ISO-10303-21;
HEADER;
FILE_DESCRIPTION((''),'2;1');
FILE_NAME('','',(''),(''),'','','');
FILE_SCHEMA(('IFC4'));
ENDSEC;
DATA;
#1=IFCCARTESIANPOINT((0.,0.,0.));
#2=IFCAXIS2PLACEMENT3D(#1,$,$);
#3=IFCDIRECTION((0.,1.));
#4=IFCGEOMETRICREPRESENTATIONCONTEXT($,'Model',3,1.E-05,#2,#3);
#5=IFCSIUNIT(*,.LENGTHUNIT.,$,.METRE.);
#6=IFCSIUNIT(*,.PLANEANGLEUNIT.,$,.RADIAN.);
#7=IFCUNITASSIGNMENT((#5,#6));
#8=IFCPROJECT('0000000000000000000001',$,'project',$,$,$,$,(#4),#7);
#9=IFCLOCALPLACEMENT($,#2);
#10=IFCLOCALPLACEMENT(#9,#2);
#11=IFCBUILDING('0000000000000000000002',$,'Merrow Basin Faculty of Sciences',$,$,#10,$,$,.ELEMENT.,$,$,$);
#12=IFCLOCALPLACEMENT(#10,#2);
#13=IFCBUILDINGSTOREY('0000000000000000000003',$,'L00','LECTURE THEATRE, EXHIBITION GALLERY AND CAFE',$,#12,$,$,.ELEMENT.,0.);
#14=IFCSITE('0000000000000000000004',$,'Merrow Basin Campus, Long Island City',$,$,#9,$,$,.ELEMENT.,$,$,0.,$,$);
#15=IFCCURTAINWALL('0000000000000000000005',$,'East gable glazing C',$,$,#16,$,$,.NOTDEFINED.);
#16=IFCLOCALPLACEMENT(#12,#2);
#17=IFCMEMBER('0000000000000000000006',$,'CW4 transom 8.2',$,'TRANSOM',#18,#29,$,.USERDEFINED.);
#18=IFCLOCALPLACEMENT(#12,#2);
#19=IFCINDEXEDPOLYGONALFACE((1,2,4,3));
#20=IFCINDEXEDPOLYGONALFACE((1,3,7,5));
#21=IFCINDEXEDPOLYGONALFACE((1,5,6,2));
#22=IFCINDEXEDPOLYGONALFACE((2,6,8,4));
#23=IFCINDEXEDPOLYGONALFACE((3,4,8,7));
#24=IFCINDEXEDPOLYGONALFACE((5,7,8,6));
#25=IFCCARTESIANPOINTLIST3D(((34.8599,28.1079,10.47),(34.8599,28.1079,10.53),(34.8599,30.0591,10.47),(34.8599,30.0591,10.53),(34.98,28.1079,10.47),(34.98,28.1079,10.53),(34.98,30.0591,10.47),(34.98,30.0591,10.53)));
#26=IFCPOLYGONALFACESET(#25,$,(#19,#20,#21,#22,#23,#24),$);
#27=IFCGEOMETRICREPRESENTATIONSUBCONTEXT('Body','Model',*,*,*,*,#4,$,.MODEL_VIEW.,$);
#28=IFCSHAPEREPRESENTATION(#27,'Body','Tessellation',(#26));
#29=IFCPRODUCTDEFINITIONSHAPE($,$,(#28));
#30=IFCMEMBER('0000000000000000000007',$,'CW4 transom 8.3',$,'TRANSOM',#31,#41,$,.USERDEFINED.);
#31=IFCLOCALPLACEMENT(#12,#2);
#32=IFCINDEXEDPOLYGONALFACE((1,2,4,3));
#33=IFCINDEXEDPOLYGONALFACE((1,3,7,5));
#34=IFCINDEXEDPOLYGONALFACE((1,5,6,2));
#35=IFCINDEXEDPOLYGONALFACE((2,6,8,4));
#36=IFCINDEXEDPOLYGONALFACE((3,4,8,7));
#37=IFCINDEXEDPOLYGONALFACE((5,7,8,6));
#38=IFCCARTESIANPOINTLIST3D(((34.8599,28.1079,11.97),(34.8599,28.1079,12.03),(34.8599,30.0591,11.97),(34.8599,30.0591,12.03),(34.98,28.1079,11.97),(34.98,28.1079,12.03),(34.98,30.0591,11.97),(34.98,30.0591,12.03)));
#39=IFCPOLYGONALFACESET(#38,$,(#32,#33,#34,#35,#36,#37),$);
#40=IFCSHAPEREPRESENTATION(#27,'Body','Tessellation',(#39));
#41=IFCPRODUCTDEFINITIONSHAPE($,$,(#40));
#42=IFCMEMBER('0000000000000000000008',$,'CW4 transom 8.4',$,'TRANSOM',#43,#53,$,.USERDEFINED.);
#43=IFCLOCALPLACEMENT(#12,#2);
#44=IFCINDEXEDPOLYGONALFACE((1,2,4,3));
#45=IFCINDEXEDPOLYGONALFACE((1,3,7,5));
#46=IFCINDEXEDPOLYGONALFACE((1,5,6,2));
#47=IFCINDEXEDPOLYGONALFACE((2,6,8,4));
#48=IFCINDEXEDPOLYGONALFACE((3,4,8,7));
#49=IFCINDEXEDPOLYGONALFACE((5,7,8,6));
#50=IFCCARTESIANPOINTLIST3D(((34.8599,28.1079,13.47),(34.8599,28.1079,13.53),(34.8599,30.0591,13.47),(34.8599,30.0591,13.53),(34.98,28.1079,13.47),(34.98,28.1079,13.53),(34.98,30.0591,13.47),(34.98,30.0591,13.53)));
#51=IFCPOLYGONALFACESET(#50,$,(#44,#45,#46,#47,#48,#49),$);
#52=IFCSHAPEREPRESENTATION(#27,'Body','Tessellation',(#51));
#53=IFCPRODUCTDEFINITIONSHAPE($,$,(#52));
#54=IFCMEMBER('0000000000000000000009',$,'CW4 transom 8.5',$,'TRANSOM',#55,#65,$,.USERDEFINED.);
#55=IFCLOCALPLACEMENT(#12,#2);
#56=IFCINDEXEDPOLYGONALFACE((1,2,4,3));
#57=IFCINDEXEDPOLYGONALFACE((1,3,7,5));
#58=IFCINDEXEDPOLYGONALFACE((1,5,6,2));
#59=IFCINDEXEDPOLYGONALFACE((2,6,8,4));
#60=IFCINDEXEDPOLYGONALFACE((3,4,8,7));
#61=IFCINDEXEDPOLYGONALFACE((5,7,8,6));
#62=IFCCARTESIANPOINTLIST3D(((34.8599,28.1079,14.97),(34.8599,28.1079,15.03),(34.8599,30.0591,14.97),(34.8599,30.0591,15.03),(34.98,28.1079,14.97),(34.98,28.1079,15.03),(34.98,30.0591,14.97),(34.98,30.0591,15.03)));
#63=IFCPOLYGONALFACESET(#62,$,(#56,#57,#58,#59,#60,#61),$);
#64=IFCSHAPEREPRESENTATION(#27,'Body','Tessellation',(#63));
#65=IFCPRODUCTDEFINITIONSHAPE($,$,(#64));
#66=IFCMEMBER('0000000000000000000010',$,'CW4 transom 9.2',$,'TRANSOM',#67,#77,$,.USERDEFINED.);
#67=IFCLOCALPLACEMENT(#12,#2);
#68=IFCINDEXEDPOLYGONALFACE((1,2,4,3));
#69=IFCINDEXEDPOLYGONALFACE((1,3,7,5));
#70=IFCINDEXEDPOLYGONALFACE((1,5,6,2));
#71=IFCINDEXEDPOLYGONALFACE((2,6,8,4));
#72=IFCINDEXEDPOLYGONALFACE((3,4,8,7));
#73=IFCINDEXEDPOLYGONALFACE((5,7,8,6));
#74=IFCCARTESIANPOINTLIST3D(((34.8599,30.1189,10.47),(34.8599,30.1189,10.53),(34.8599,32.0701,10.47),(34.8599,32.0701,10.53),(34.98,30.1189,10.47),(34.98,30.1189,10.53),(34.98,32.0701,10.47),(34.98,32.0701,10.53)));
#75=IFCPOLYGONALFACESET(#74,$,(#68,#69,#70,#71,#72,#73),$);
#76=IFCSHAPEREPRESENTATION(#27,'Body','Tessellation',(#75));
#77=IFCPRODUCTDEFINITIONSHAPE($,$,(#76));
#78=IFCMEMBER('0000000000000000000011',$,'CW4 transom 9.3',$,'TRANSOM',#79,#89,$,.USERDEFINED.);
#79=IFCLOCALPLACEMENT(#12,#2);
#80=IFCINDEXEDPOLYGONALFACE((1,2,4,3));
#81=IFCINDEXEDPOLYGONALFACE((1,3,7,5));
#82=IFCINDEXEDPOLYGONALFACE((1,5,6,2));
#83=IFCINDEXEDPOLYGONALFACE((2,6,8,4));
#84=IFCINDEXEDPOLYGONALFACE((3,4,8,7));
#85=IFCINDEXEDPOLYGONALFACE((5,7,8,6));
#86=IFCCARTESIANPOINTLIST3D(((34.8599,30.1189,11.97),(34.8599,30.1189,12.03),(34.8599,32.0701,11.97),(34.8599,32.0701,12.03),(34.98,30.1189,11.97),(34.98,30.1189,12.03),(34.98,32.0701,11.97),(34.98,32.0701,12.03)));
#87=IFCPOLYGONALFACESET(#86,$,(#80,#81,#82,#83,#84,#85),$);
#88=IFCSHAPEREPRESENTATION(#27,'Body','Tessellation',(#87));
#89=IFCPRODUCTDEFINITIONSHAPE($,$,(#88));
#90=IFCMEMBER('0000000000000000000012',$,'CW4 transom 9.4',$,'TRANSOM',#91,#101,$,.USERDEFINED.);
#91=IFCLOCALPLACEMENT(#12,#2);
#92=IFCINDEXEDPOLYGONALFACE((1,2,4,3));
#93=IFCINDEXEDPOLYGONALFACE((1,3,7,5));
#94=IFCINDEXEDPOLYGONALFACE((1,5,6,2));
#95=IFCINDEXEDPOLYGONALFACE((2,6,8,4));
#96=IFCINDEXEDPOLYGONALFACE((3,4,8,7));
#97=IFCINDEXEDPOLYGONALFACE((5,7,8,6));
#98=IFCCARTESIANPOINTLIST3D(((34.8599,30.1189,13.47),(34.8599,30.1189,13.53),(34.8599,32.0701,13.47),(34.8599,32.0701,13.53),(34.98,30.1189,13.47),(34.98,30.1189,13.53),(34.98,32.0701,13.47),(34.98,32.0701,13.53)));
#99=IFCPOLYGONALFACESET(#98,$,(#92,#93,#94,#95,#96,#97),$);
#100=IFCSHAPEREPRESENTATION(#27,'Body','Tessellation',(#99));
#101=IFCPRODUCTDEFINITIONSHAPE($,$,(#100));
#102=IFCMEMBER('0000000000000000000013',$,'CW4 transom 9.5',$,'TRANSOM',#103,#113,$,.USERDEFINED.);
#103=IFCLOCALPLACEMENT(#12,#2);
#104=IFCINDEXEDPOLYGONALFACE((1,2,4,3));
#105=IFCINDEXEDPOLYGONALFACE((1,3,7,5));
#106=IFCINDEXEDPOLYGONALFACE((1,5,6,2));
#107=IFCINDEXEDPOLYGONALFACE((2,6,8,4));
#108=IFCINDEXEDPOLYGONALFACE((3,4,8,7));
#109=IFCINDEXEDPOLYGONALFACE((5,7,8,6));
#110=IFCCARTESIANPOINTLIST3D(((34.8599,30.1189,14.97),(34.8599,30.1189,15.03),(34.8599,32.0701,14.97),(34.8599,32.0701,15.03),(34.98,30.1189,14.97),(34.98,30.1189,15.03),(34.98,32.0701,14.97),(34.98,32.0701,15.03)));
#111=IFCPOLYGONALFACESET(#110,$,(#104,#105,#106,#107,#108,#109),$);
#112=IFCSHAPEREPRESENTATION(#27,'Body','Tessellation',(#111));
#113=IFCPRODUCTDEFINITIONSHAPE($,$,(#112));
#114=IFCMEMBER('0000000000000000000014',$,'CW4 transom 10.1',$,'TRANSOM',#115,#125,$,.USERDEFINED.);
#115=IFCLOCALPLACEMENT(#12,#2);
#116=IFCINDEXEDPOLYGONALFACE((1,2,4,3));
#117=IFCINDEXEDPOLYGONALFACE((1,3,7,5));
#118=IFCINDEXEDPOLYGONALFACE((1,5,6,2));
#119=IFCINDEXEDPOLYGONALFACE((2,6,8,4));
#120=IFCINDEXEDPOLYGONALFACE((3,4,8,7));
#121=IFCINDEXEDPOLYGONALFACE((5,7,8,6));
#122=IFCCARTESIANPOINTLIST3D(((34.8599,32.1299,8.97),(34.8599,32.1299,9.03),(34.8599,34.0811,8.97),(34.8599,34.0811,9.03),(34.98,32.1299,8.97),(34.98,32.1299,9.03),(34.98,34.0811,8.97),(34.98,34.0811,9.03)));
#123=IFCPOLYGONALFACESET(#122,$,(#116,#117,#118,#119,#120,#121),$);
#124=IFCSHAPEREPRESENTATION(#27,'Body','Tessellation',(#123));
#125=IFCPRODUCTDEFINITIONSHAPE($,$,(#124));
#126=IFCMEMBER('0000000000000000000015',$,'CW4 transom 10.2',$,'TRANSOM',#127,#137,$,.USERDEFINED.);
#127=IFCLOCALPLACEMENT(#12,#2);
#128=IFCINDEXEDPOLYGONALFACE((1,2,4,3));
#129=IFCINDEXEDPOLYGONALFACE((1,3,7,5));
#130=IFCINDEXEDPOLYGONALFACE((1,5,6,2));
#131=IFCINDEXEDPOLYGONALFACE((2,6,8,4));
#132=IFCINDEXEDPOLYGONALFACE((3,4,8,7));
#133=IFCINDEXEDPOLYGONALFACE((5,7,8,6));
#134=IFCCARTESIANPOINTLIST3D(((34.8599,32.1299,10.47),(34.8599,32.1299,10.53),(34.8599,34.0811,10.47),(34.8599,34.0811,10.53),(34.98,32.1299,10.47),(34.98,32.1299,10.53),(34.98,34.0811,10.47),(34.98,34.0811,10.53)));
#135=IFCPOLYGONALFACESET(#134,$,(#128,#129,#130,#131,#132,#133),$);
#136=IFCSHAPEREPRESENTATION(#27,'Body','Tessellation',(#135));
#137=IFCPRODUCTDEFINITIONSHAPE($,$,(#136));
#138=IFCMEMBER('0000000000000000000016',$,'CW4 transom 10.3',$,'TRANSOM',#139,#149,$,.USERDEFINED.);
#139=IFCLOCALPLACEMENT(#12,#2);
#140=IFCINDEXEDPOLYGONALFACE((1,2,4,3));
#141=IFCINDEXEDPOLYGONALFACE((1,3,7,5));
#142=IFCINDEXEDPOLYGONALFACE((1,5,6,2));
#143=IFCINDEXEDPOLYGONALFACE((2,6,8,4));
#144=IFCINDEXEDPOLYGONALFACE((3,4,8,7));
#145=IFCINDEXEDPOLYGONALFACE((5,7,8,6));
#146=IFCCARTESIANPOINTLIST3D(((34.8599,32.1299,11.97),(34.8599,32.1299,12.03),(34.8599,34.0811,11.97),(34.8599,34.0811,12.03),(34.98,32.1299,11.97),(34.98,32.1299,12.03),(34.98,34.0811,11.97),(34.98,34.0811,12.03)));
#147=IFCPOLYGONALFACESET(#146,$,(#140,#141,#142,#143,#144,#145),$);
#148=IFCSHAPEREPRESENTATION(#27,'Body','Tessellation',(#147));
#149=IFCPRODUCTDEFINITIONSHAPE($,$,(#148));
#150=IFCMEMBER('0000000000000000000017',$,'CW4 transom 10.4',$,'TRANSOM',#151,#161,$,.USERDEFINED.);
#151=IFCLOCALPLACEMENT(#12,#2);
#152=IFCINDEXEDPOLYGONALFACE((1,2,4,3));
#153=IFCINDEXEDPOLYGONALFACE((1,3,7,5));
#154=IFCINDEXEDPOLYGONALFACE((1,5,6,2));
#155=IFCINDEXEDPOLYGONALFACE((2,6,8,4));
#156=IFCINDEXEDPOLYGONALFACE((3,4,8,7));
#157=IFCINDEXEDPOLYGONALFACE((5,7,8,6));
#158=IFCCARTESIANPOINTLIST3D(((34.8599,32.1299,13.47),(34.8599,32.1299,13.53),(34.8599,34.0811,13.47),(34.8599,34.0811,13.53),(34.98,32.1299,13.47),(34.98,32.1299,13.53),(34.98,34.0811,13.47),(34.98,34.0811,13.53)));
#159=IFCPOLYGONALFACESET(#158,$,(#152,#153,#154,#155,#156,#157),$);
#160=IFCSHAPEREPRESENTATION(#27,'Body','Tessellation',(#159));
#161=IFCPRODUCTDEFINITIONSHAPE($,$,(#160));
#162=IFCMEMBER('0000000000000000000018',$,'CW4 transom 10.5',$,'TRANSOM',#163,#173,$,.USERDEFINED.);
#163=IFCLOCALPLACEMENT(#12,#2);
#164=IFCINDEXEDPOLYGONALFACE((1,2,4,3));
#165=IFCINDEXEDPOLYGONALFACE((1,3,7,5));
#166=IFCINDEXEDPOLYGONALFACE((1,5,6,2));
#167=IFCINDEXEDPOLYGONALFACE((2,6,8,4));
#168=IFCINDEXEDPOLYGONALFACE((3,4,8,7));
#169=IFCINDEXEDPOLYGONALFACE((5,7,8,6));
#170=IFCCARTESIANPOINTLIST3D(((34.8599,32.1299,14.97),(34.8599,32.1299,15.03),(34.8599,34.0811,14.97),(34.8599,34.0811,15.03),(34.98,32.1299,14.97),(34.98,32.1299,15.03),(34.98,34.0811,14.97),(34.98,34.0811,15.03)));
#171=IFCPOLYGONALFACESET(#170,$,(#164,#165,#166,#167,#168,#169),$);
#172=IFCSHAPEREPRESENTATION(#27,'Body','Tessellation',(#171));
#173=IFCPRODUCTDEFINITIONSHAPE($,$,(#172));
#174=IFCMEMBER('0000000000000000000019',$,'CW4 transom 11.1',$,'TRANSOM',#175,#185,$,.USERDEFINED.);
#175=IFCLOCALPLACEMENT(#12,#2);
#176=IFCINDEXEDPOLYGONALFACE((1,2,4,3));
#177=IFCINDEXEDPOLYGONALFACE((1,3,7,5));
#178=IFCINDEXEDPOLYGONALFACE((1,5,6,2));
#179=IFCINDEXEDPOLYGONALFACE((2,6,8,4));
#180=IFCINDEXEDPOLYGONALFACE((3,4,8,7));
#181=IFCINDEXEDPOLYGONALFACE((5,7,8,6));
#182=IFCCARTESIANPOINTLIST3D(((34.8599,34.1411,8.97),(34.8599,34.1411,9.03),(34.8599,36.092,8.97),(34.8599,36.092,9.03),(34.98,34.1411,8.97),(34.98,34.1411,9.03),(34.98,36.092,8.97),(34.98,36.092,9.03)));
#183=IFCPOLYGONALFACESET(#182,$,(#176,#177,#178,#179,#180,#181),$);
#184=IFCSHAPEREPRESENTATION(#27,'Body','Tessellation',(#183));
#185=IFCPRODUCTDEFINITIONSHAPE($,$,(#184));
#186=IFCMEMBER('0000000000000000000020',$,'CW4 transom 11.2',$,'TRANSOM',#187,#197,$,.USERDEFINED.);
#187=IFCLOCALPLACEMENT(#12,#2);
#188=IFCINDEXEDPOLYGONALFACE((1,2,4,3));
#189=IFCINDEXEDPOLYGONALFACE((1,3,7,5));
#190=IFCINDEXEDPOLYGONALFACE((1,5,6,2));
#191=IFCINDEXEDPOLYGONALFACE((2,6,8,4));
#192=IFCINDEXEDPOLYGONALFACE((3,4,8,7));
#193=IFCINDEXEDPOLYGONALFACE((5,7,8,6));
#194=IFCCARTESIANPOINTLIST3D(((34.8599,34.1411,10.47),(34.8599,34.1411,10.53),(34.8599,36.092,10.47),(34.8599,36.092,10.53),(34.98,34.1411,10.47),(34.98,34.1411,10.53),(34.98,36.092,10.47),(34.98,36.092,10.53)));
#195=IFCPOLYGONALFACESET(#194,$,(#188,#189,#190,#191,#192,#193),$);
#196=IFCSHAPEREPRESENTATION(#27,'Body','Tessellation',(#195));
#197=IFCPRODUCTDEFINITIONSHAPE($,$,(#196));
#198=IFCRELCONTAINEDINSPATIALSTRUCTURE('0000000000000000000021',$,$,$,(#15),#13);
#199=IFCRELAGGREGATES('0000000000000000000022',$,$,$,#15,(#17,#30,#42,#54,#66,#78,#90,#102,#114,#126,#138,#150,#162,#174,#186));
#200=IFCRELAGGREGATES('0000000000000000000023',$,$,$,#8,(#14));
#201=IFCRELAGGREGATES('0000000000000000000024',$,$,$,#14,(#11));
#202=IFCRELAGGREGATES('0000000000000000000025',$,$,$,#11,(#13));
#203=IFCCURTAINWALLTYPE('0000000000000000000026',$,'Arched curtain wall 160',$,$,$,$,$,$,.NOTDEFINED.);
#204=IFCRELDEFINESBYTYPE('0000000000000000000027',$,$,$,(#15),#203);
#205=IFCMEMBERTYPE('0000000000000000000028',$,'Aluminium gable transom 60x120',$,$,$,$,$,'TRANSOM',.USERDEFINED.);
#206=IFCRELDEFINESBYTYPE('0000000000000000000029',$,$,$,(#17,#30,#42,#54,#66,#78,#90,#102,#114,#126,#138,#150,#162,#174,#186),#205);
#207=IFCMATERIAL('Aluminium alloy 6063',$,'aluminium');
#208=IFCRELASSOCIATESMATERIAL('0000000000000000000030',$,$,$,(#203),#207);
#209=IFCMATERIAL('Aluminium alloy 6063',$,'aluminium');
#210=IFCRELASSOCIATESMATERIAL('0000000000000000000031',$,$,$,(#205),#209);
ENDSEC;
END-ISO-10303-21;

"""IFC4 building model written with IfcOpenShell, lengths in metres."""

from ifc_helpers import new_model, si_unit, direction, frame, origin, origin_2d, place, context, subcontext, project, spatial, rectangle, extrude, material, material_profile, profile_set, type_object, element, aggregate, save


model = new_model("IFC4")

# Units and contexts
model_context = context("Model", 3, precision=1e-05, world=origin(), true_north=direction((0.0, 1.0)))
body_context = subcontext(model_context, "Body", "Model", "MODEL_VIEW")
ifc_project = project(units=[si_unit("LENGTHUNIT", "METRE"), si_unit("PLANEANGLEUNIT", "RADIAN")], contexts=[model_context])

# Site, building, storey
site_placement = place(None, origin())
site = spatial("IfcSite", under=ifc_project, at=site_placement, Name="Merrow Basin Campus, Long Island City", CompositionType="ELEMENT", RefElevation=0.0)
building_placement = place(site_placement, origin())
building = spatial("IfcBuilding", under=site, at=building_placement, Name="Merrow Basin Faculty of Sciences", CompositionType="ELEMENT")
storey_placement = place(building_placement, origin())
storey = spatial("IfcBuildingStorey", under=building, at=storey_placement, Name="L00", Description="LECTURE THEATRE, EXHIBITION GALLERY AND CAFE", CompositionType="ELEMENT", Elevation=0.0)

# Curtain wall, members
ifc_material_1 = material(Name="Aluminium alloy 6063", Category="aluminium")
curtain_wall_type = type_object("IfcCurtainWallType", Name="Arched curtain wall 160", PredefinedType="NOTDEFINED", material=ifc_material_1)
curtain_wall_placement = place(storey_placement, origin())
curtain_wall = element("IfcCurtainWall", 1, at=curtain_wall_placement, inside=storey, type_object=curtain_wall_type, Name="East gable glazing C", PredefinedType="NOTDEFINED")
ifc_material_2 = material(Name="Aluminium alloy 6063", Category="aluminium")
ifc_material_profile = material_profile(ifc_material_2, rectangle(XDim=0.1201, YDim=0.0601, at=origin_2d()))
ifc_profile_set = profile_set([ifc_material_profile], Name="Aluminium alloy 6063")
member_type = type_object("IfcMemberType", Name="Aluminium gable transom 60x120", ElementType="TRANSOM", PredefinedType="USERDEFINED", material=ifc_profile_set)
member_1_placement = place(storey_placement, frame((34.9199, 28.1079, 10.5), z_axis=(0.0, 1.0, 0.0), x_axis=(-1.0, 0.0, 0.0)))
member_1 = element("IfcMember", 2, at=member_1_placement, type_object=member_type, Name="CW4 transom 8.2", ObjectType="TRANSOM", PredefinedType="USERDEFINED", context=body_context, shape_type="SweptSolid", body=[
    extrude(rectangle(XDim=0.1201, YDim=0.0601, at=origin_2d()), origin(), (0.0, 0.0, 1.0), 1.9512),
])
member_2_placement = place(storey_placement, frame((34.9199, 28.1079, 12.0), z_axis=(0.0, 1.0, 0.0), x_axis=(-1.0, 0.0, 0.0)))
member_2 = element("IfcMember", 3, at=member_2_placement, type_object=member_type, Name="CW4 transom 8.3", ObjectType="TRANSOM", PredefinedType="USERDEFINED", context=body_context, shape_type="SweptSolid", body=[
    extrude(rectangle(XDim=0.1201, YDim=0.0601, at=origin_2d()), origin(), (0.0, 0.0, 1.0), 1.9512),
])
member_3_placement = place(storey_placement, frame((34.9199, 28.1079, 13.5), z_axis=(0.0, 1.0, 0.0), x_axis=(-1.0, 0.0, 0.0)))
member_3 = element("IfcMember", 4, at=member_3_placement, type_object=member_type, Name="CW4 transom 8.4", ObjectType="TRANSOM", PredefinedType="USERDEFINED", context=body_context, shape_type="SweptSolid", body=[
    extrude(rectangle(XDim=0.1201, YDim=0.0601, at=origin_2d()), origin(), (0.0, 0.0, 1.0), 1.9512),
])
member_4_placement = place(storey_placement, frame((34.9199, 28.1079, 15.0), z_axis=(0.0, 1.0, 0.0), x_axis=(-1.0, 0.0, 0.0)))
member_4 = element("IfcMember", 5, at=member_4_placement, type_object=member_type, Name="CW4 transom 8.5", ObjectType="TRANSOM", PredefinedType="USERDEFINED", context=body_context, shape_type="SweptSolid", body=[
    extrude(rectangle(XDim=0.1201, YDim=0.0601, at=origin_2d()), origin(), (0.0, 0.0, 1.0), 1.9512),
])
member_5_placement = place(storey_placement, frame((34.9199, 30.1189, 10.5), z_axis=(0.0, 1.0, 0.0), x_axis=(-1.0, 0.0, 0.0)))
member_5 = element("IfcMember", 6, at=member_5_placement, type_object=member_type, Name="CW4 transom 9.2", ObjectType="TRANSOM", PredefinedType="USERDEFINED", context=body_context, shape_type="SweptSolid", body=[
    extrude(rectangle(XDim=0.1201, YDim=0.0601, at=origin_2d()), origin(), (0.0, 0.0, 1.0), 1.9512),
])
member_6_placement = place(storey_placement, frame((34.9199, 30.1189, 12.0), z_axis=(0.0, 1.0, 0.0), x_axis=(-1.0, 0.0, 0.0)))
member_6 = element("IfcMember", 7, at=member_6_placement, type_object=member_type, Name="CW4 transom 9.3", ObjectType="TRANSOM", PredefinedType="USERDEFINED", context=body_context, shape_type="SweptSolid", body=[
    extrude(rectangle(XDim=0.1201, YDim=0.0601, at=origin_2d()), origin(), (0.0, 0.0, 1.0), 1.9512),
])
member_7_placement = place(storey_placement, frame((34.9199, 30.1189, 13.5), z_axis=(0.0, 1.0, 0.0), x_axis=(-1.0, 0.0, 0.0)))
member_7 = element("IfcMember", 8, at=member_7_placement, type_object=member_type, Name="CW4 transom 9.4", ObjectType="TRANSOM", PredefinedType="USERDEFINED", context=body_context, shape_type="SweptSolid", body=[
    extrude(rectangle(XDim=0.1201, YDim=0.0601, at=origin_2d()), origin(), (0.0, 0.0, 1.0), 1.9512),
])
member_8_placement = place(storey_placement, frame((34.9199, 30.1189, 15.0), z_axis=(0.0, 1.0, 0.0), x_axis=(-1.0, 0.0, 0.0)))
member_8 = element("IfcMember", 9, at=member_8_placement, type_object=member_type, Name="CW4 transom 9.5", ObjectType="TRANSOM", PredefinedType="USERDEFINED", context=body_context, shape_type="SweptSolid", body=[
    extrude(rectangle(XDim=0.1201, YDim=0.0601, at=origin_2d()), origin(), (0.0, 0.0, 1.0), 1.9512),
])
member_9_placement = place(storey_placement, frame((34.9199, 32.1299, 9.0), z_axis=(0.0, 1.0, 0.0), x_axis=(-1.0, 0.0, 0.0)))
member_9 = element("IfcMember", 10, at=member_9_placement, type_object=member_type, Name="CW4 transom 10.1", ObjectType="TRANSOM", PredefinedType="USERDEFINED", context=body_context, shape_type="SweptSolid", body=[
    extrude(rectangle(XDim=0.1201, YDim=0.0601, at=origin_2d()), origin(), (0.0, 0.0, 1.0), 1.9512),
])
member_10_placement = place(storey_placement, frame((34.9199, 32.1299, 10.5), z_axis=(0.0, 1.0, 0.0), x_axis=(-1.0, 0.0, 0.0)))
member_10 = element("IfcMember", 11, at=member_10_placement, type_object=member_type, Name="CW4 transom 10.2", ObjectType="TRANSOM", PredefinedType="USERDEFINED", context=body_context, shape_type="SweptSolid", body=[
    extrude(rectangle(XDim=0.1201, YDim=0.0601, at=origin_2d()), origin(), (0.0, 0.0, 1.0), 1.9512),
])
member_11_placement = place(storey_placement, frame((34.9199, 32.1299, 12.0), z_axis=(0.0, 1.0, 0.0), x_axis=(-1.0, 0.0, 0.0)))
member_11 = element("IfcMember", 12, at=member_11_placement, type_object=member_type, Name="CW4 transom 10.3", ObjectType="TRANSOM", PredefinedType="USERDEFINED", context=body_context, shape_type="SweptSolid", body=[
    extrude(rectangle(XDim=0.1201, YDim=0.0601, at=origin_2d()), origin(), (0.0, 0.0, 1.0), 1.9512),
])
member_12_placement = place(storey_placement, frame((34.9199, 32.1299, 13.5), z_axis=(0.0, 1.0, 0.0), x_axis=(-1.0, 0.0, 0.0)))
member_12 = element("IfcMember", 13, at=member_12_placement, type_object=member_type, Name="CW4 transom 10.4", ObjectType="TRANSOM", PredefinedType="USERDEFINED", context=body_context, shape_type="SweptSolid", body=[
    extrude(rectangle(XDim=0.1201, YDim=0.0601, at=origin_2d()), origin(), (0.0, 0.0, 1.0), 1.9512),
])
member_13_placement = place(storey_placement, frame((34.9199, 32.1299, 15.0), z_axis=(0.0, 1.0, 0.0), x_axis=(-1.0, 0.0, 0.0)))
member_13 = element("IfcMember", 14, at=member_13_placement, type_object=member_type, Name="CW4 transom 10.5", ObjectType="TRANSOM", PredefinedType="USERDEFINED", context=body_context, shape_type="SweptSolid", body=[
    extrude(rectangle(XDim=0.1201, YDim=0.0601, at=origin_2d()), origin(), (0.0, 0.0, 1.0), 1.9512),
])
member_14_placement = place(storey_placement, frame((34.9199, 34.1411, 9.0), z_axis=(0.0, 1.0, 0.0), x_axis=(-1.0, 0.0, 0.0)))
member_14 = element("IfcMember", 15, at=member_14_placement, type_object=member_type, Name="CW4 transom 11.1", ObjectType="TRANSOM", PredefinedType="USERDEFINED", context=body_context, shape_type="SweptSolid", body=[
    extrude(rectangle(XDim=0.1201, YDim=0.0601, at=origin_2d()), origin(), (0.0, 0.0, 1.0), 1.9509),
])
member_15_placement = place(storey_placement, frame((34.9199, 34.1411, 10.5), z_axis=(0.0, 1.0, 0.0), x_axis=(-1.0, 0.0, 0.0)))
member_15 = element("IfcMember", 16, at=member_15_placement, type_object=member_type, Name="CW4 transom 11.2", ObjectType="TRANSOM", PredefinedType="USERDEFINED", context=body_context, shape_type="SweptSolid", body=[
    extrude(rectangle(XDim=0.1201, YDim=0.0601, at=origin_2d()), origin(), (0.0, 0.0, 1.0), 1.9509),
])
aggregate(curtain_wall, [member_1, member_2, member_3, member_4, member_5, member_6, member_7, member_8, member_9, member_10, member_11, member_12, member_13, member_14, member_15])

save(model, "model.ifc")
